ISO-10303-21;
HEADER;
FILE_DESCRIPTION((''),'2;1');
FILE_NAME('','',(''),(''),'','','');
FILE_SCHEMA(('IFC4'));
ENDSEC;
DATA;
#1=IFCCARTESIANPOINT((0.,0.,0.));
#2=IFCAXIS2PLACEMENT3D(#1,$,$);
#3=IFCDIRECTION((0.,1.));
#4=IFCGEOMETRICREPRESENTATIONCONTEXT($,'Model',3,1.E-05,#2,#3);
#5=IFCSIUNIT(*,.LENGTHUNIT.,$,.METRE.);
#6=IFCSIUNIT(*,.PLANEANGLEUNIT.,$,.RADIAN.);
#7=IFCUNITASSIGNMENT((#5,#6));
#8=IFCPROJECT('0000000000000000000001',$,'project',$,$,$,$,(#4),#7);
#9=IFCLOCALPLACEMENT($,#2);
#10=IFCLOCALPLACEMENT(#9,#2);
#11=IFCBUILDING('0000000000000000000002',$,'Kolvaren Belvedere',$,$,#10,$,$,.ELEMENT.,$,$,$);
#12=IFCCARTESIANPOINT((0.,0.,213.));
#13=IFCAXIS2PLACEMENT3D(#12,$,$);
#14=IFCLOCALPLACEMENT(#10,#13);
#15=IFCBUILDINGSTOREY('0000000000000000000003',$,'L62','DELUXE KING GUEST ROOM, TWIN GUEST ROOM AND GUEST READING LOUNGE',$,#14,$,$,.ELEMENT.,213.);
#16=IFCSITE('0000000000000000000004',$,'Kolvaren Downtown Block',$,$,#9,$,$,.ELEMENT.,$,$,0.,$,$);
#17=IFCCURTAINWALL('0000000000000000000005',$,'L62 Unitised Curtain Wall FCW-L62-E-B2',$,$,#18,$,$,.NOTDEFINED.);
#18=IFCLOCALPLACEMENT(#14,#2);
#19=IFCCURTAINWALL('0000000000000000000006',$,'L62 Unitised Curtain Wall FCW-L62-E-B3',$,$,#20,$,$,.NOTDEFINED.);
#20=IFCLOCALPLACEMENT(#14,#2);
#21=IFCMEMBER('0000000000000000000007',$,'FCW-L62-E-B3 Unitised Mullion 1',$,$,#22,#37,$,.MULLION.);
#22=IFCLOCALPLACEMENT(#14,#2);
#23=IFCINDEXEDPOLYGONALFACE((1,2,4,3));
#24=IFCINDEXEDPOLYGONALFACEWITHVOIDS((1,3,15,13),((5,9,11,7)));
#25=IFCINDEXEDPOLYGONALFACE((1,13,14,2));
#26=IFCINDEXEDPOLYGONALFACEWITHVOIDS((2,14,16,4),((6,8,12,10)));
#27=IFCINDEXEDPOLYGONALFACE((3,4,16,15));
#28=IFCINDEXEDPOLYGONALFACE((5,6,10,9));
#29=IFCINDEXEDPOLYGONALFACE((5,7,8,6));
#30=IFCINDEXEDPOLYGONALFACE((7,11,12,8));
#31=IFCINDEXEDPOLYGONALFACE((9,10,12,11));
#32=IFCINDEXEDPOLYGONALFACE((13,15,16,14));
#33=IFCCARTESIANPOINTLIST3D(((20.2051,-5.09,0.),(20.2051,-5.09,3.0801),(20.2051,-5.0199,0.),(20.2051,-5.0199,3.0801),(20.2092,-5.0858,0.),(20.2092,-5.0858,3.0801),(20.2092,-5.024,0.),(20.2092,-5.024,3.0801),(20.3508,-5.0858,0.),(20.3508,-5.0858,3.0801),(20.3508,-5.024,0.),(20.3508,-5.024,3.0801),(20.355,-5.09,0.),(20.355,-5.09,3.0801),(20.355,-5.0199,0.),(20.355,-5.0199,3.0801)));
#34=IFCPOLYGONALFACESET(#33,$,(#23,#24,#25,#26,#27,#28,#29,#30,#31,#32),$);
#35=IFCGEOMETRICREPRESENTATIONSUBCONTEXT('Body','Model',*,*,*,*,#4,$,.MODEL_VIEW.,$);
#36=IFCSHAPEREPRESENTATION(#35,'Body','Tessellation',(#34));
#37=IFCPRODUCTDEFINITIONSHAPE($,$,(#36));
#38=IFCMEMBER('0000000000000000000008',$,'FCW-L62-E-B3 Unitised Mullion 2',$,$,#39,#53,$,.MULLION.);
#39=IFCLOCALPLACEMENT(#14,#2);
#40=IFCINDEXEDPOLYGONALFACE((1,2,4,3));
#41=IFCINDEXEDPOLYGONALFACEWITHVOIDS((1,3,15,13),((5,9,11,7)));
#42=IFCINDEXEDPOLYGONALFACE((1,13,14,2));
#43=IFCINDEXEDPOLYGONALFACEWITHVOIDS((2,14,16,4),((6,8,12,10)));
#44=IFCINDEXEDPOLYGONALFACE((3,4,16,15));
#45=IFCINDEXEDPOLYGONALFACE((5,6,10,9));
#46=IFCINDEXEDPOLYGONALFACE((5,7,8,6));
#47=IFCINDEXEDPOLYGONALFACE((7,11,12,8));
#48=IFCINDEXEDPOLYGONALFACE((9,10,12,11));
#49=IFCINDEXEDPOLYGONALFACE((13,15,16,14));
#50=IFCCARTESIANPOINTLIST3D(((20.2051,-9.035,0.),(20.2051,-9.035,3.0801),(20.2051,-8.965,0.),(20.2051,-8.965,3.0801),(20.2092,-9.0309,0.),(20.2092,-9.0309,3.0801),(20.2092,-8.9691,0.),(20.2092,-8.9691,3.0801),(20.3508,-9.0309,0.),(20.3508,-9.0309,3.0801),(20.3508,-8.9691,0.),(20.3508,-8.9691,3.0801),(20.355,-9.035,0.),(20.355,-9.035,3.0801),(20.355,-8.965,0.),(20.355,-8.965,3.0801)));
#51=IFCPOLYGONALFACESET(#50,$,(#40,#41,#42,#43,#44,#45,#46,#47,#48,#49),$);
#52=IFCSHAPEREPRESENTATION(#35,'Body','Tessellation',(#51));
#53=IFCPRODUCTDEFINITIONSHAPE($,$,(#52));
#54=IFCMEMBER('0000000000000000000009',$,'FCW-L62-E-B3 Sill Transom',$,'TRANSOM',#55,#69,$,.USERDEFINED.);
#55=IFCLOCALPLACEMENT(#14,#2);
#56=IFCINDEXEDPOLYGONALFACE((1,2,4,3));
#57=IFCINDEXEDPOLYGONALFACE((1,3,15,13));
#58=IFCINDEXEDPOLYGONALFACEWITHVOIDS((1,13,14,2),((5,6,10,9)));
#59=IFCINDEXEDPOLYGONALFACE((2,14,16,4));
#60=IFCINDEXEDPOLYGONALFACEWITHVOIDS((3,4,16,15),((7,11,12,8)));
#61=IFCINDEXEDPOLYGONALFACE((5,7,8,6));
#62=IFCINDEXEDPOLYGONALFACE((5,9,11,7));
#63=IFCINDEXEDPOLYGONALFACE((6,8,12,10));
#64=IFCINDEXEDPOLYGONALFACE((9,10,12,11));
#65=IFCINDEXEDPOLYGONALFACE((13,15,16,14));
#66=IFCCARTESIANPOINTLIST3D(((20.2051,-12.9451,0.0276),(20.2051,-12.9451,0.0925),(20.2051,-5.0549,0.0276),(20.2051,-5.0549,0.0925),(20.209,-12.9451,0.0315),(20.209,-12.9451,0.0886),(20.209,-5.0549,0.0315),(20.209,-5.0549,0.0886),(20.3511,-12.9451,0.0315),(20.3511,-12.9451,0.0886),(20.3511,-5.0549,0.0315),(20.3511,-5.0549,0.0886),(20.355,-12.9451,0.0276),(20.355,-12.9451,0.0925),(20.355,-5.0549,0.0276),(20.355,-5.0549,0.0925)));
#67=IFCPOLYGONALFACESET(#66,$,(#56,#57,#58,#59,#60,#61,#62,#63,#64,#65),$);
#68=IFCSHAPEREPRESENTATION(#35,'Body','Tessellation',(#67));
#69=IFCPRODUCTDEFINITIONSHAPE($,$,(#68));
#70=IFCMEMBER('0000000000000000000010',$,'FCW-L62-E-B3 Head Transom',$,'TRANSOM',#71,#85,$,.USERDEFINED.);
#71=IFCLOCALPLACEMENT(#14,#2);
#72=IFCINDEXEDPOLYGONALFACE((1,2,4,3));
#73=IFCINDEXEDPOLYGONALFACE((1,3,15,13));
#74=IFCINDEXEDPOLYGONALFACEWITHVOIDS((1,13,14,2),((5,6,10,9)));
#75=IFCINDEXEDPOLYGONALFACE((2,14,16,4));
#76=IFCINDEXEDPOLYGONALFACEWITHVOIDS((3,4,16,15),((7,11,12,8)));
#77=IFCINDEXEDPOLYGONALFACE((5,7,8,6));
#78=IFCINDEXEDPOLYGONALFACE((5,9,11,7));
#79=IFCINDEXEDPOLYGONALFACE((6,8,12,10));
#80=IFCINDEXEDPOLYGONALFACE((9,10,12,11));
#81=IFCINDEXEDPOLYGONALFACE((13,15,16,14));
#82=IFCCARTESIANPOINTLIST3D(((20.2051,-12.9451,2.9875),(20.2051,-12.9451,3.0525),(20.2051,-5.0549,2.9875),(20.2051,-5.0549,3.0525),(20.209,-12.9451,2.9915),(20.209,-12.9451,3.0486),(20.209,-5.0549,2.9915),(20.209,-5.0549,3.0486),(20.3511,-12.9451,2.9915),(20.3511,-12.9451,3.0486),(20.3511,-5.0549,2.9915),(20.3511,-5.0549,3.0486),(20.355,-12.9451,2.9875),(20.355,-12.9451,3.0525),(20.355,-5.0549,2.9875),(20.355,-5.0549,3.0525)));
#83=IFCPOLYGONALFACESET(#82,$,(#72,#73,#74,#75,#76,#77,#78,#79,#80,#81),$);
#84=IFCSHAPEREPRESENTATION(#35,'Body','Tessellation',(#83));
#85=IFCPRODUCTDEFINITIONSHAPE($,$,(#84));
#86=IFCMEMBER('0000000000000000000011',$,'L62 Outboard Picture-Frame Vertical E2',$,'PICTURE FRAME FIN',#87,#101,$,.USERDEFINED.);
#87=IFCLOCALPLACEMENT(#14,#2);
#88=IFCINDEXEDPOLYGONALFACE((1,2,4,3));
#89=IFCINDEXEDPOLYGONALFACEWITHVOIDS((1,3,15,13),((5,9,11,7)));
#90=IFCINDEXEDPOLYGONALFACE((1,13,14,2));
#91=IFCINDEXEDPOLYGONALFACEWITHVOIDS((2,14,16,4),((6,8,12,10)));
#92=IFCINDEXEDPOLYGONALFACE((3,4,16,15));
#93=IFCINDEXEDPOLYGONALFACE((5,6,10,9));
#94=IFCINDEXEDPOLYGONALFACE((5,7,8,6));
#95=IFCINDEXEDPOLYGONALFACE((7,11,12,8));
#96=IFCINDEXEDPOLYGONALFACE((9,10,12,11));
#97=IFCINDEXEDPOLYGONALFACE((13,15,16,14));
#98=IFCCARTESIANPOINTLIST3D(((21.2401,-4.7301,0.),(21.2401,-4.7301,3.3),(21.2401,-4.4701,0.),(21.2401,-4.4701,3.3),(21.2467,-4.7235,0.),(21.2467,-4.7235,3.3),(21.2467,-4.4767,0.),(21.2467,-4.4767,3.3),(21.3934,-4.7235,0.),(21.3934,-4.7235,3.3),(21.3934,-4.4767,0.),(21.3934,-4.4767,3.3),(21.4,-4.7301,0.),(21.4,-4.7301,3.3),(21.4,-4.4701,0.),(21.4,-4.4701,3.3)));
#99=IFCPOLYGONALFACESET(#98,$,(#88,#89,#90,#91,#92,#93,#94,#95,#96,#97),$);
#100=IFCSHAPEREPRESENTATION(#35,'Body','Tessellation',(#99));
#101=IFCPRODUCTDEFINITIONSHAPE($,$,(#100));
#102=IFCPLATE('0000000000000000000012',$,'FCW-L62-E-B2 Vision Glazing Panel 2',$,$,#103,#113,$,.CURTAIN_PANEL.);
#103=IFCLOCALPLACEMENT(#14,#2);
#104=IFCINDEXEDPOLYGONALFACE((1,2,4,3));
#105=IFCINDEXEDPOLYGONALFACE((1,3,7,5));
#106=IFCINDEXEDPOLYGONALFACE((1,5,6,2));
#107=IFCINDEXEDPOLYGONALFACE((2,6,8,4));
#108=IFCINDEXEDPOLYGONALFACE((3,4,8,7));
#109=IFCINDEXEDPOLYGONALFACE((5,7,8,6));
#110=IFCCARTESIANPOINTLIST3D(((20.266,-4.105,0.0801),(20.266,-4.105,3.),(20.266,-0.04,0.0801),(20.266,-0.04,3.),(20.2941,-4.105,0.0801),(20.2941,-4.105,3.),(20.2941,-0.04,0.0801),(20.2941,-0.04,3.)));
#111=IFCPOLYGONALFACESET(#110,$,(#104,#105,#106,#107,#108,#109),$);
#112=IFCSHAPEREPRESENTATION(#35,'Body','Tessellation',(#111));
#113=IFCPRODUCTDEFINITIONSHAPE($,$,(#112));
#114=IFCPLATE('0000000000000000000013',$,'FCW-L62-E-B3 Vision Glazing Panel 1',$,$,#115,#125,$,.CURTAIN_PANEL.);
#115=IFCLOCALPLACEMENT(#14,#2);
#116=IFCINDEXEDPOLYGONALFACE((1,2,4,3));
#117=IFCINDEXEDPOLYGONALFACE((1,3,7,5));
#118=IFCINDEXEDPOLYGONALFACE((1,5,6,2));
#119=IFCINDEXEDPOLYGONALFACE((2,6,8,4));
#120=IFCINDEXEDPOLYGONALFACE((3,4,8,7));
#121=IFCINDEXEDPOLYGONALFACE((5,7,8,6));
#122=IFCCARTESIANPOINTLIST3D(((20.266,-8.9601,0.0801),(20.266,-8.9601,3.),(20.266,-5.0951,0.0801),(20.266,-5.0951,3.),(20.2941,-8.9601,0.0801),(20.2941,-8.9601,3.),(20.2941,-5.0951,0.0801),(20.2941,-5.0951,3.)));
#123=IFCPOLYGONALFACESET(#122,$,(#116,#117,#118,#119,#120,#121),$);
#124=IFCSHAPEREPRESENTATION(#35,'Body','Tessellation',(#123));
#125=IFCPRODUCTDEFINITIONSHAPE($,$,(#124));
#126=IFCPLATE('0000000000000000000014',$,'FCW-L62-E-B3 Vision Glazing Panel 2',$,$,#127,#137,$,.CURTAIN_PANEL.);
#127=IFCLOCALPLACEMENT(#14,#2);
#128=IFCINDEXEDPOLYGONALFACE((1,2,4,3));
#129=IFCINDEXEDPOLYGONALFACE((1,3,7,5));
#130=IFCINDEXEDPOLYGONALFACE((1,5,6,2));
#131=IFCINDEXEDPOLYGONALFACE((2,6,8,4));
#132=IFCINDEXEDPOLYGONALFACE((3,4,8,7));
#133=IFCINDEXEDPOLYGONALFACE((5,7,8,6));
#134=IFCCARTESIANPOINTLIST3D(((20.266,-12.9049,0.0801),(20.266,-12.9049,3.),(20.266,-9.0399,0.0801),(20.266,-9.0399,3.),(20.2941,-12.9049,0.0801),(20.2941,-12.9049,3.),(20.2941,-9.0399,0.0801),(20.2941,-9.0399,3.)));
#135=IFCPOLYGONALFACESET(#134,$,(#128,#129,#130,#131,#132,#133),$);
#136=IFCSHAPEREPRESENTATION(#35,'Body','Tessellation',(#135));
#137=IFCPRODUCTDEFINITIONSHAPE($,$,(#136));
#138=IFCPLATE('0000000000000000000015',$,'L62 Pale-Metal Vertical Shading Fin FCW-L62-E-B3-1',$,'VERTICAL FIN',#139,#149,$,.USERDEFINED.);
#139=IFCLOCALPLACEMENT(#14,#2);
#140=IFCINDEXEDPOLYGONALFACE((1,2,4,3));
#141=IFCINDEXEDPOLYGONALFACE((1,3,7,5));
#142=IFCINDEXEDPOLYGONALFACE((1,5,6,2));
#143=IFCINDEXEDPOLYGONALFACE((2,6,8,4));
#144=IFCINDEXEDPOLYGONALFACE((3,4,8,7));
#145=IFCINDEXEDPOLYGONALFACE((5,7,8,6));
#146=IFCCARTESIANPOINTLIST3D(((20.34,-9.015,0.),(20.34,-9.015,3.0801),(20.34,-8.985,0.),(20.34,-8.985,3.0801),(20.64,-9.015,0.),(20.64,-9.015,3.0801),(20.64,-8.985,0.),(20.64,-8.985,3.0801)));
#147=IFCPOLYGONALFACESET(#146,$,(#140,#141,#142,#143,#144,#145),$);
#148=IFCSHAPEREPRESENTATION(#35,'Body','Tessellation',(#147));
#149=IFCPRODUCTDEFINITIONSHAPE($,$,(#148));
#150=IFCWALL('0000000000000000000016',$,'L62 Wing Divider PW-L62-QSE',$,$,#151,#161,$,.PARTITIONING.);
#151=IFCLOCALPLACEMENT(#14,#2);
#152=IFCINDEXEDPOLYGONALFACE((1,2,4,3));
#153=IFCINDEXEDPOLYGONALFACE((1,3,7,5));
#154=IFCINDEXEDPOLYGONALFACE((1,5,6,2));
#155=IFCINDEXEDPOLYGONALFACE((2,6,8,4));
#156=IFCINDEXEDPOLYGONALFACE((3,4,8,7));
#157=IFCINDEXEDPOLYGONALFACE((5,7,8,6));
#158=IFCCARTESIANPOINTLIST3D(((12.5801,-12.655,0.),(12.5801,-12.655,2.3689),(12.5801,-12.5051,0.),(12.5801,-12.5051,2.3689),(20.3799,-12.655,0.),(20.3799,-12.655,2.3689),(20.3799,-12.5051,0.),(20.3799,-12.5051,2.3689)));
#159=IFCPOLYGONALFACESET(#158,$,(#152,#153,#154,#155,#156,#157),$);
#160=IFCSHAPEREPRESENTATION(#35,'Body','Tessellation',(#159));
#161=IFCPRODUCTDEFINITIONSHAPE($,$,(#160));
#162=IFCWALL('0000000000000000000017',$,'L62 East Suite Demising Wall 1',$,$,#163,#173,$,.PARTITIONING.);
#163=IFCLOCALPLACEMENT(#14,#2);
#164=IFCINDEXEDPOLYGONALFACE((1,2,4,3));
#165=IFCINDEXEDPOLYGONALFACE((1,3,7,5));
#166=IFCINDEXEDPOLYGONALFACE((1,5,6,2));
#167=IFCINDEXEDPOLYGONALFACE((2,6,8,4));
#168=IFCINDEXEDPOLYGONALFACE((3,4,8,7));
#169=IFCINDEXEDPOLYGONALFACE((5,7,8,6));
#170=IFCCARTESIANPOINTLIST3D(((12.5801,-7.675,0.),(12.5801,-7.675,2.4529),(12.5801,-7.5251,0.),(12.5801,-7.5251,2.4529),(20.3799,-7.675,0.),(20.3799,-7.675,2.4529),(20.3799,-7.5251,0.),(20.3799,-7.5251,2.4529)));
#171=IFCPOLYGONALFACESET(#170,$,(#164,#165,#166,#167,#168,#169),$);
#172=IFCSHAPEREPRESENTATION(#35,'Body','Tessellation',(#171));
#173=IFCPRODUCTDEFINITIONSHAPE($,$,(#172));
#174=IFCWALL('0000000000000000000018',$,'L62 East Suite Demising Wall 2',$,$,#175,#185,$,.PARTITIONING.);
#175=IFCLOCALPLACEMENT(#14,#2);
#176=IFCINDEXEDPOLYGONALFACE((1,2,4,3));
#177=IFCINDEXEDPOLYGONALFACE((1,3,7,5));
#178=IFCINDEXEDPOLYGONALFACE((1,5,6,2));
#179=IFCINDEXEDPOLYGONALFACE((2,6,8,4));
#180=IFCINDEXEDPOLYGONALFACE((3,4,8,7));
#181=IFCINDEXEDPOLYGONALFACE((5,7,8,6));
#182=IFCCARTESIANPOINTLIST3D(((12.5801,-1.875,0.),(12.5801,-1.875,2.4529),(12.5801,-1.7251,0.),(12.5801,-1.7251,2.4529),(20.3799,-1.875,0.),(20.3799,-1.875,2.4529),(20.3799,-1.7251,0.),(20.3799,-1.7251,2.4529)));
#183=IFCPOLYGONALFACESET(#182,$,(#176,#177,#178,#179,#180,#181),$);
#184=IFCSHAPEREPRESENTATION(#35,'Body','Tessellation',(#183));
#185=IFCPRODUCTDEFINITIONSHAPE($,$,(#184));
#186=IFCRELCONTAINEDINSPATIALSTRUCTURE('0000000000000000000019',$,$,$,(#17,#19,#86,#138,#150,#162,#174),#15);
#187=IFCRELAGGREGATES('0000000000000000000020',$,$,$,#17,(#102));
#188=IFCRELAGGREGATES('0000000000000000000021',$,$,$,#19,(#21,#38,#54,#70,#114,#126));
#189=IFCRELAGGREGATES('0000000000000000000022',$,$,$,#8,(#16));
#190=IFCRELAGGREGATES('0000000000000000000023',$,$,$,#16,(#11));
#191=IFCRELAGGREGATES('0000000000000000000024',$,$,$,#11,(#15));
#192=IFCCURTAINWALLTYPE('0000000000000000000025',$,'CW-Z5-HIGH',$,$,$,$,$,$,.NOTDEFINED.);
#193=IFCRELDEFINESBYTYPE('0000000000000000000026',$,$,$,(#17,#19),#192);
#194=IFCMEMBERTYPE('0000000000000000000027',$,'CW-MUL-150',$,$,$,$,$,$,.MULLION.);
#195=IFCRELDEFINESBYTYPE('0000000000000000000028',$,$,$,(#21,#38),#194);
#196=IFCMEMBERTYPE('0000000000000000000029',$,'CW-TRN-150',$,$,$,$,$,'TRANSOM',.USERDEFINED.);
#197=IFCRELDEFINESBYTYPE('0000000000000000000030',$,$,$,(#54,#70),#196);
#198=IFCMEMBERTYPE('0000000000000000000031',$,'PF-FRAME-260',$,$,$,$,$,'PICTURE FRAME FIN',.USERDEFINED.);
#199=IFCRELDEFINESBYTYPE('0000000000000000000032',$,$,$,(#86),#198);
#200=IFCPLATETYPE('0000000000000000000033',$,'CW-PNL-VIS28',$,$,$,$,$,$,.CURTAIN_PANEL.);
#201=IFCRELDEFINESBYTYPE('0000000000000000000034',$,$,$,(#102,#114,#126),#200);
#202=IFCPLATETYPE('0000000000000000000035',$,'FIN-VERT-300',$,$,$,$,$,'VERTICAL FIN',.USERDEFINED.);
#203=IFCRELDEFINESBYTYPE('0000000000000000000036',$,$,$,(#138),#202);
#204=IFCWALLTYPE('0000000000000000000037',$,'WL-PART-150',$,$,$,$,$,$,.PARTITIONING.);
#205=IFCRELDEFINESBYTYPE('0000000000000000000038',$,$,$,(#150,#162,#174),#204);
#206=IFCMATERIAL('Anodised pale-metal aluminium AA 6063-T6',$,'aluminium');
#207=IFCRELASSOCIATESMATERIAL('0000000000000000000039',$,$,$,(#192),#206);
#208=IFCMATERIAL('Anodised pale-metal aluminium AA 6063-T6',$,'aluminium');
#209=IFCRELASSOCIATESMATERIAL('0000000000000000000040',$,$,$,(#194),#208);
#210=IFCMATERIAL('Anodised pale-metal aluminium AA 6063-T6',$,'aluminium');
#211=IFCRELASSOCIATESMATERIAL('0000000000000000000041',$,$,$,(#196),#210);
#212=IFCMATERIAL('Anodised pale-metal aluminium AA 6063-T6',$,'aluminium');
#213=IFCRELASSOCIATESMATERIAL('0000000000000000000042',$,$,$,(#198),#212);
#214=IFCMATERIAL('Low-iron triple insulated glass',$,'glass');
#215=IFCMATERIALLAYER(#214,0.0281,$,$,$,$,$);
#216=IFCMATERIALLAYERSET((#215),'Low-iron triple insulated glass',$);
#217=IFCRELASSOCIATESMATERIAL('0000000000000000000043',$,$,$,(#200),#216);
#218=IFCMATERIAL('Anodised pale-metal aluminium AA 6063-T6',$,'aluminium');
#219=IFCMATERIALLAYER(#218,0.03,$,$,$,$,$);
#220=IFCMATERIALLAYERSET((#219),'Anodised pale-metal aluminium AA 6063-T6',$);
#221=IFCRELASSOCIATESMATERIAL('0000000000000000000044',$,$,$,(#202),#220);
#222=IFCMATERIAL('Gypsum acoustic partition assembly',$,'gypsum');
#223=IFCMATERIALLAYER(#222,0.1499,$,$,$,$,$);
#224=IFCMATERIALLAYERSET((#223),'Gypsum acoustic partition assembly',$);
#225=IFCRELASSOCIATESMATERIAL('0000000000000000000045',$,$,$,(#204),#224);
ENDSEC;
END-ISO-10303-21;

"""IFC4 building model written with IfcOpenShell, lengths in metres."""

from ifc_helpers import new_model, si_unit, direction, frame, frame_2d, origin, origin_2d, place, context, subcontext, project, spatial, rectangle, hollow_rectangle, extrude, material, layer, layer_set, material_profile, profile_set, type_object, element, aggregate, save


model = new_model("IFC4")

# Units and contexts
model_context = context("Model", 3, precision=1e-05, world=origin(), true_north=direction((0.0, 1.0)))
body_context = subcontext(model_context, "Body", "Model", "MODEL_VIEW")
ifc_project = project(units=[si_unit("LENGTHUNIT", "METRE"), si_unit("PLANEANGLEUNIT", "RADIAN")], contexts=[model_context])

# Site, building, storey
site_placement = place(None, origin())
site = spatial("IfcSite", under=ifc_project, at=site_placement, Name="Kolvaren Downtown Block", CompositionType="ELEMENT", RefElevation=0.0)
building_placement = place(site_placement, origin())
building = spatial("IfcBuilding", under=site, at=building_placement, Name="Kolvaren Belvedere", CompositionType="ELEMENT")
storey_placement = place(building_placement, frame((0.0, 0.0, 213.0)))
storey = spatial("IfcBuildingStorey", under=building, at=storey_placement, Name="L62", Description="DELUXE KING GUEST ROOM, TWIN GUEST ROOM AND GUEST READING LOUNGE", CompositionType="ELEMENT", Elevation=213.0)

# Curtain wall
ifc_material_1 = material(Name="Anodised pale-metal aluminium AA 6063-T6", Category="aluminium")
curtain_wall_type = type_object("IfcCurtainWallType", Name="CW-Z5-HIGH", PredefinedType="NOTDEFINED", material=ifc_material_1)
curtain_wall_1_placement = place(storey_placement, origin())
curtain_wall_1 = element("IfcCurtainWall", 1, at=curtain_wall_1_placement, inside=storey, type_object=curtain_wall_type, Name="L62 Unitised Curtain Wall FCW-L62-E-B2", PredefinedType="NOTDEFINED")
ifc_material_2 = material(Name="Anodised pale-metal aluminium AA 6063-T6", Category="aluminium")
ifc_material_profile_1 = material_profile(ifc_material_2, hollow_rectangle(XDim=0.0701, YDim=0.1499, WallThickness=0.0042, at=origin_2d()), Name="ALU-MUL-150X70")
ifc_profile_set_1 = profile_set([ifc_material_profile_1], Name="Anodised pale-metal aluminium AA 6063-T6")
member_type_1 = type_object("IfcMemberType", Name="CW-MUL-150", PredefinedType="MULLION", material=ifc_profile_set_1)

# Curtain wall, members
curtain_wall_2_placement = place(storey_placement, origin())
curtain_wall_2 = element("IfcCurtainWall", 2, at=curtain_wall_2_placement, inside=storey, type_object=curtain_wall_type, Name="L62 Unitised Curtain Wall FCW-L62-E-B3", PredefinedType="NOTDEFINED")
member_1_placement = place(storey_placement, frame((20.28, -5.0549, 0.0), z_axis=(0.0, 0.0, 1.0), x_axis=(0.0, 1.0, 0.0)))
member_1 = element("IfcMember", 3, at=member_1_placement, type_object=member_type_1, Name="FCW-L62-E-B3 Unitised Mullion 1", PredefinedType="MULLION", context=body_context, shape_type="SweptSolid", body=[
    extrude(hollow_rectangle(XDim=0.0701, YDim=0.1499, WallThickness=0.0042, at=origin_2d()), origin(), (0.0, 0.0, 1.0), 3.0801),
])
member_2_placement = place(storey_placement, frame((20.28, -9.0, 0.0), z_axis=(0.0, 0.0, 1.0), x_axis=(0.0, 1.0, 0.0)))
member_2 = element("IfcMember", 4, at=member_2_placement, type_object=member_type_1, Name="FCW-L62-E-B3 Unitised Mullion 2", PredefinedType="MULLION", context=body_context, shape_type="SweptSolid", body=[
    extrude(hollow_rectangle(XDim=0.0701, YDim=0.1499, WallThickness=0.0042, at=origin_2d()), origin(), (0.0, 0.0, 1.0), 3.0801),
])
ifc_material_3 = material(Name="Anodised pale-metal aluminium AA 6063-T6", Category="aluminium")
ifc_material_profile_2 = material_profile(ifc_material_3, hollow_rectangle(XDim=0.0649, YDim=0.1499, WallThickness=0.0039, at=origin_2d()), Name="ALU-TRN-150X65")
ifc_profile_set_2 = profile_set([ifc_material_profile_2], Name="Anodised pale-metal aluminium AA 6063-T6")
member_type_2 = type_object("IfcMemberType", Name="CW-TRN-150", ElementType="TRANSOM", PredefinedType="USERDEFINED", material=ifc_profile_set_2)
member_3_placement = place(storey_placement, frame((20.28, -5.0549, 0.0601), z_axis=(0.0, -1.0, 0.0), x_axis=(0.0, 0.0, 1.0)))
member_3 = element("IfcMember", 5, at=member_3_placement, type_object=member_type_2, Name="FCW-L62-E-B3 Sill Transom", ObjectType="TRANSOM", PredefinedType="USERDEFINED", context=body_context, shape_type="SweptSolid", body=[
    extrude(hollow_rectangle(XDim=0.0649, YDim=0.1499, WallThickness=0.0039, at=origin_2d()), origin(), (0.0, 0.0, 1.0), 7.8901),
])
member_4_placement = place(storey_placement, frame((20.28, -5.0549, 3.02), z_axis=(0.0, -1.0, 0.0), x_axis=(0.0, 0.0, 1.0)))
member_4 = element("IfcMember", 6, at=member_4_placement, type_object=member_type_2, Name="FCW-L62-E-B3 Head Transom", ObjectType="TRANSOM", PredefinedType="USERDEFINED", context=body_context, shape_type="SweptSolid", body=[
    extrude(hollow_rectangle(XDim=0.0649, YDim=0.1499, WallThickness=0.0039, at=origin_2d()), origin(), (0.0, 0.0, 1.0), 7.8901),
])

# Member
ifc_material_4 = material(Name="Anodised pale-metal aluminium AA 6063-T6", Category="aluminium")
ifc_material_profile_3 = material_profile(ifc_material_4, hollow_rectangle(XDim=0.1599, YDim=0.26, WallThickness=0.0066, at=origin_2d()), Name="ALU-PF-260X160")
ifc_profile_set_3 = profile_set([ifc_material_profile_3], Name="Anodised pale-metal aluminium AA 6063-T6")
member_type_3 = type_object("IfcMemberType", Name="PF-FRAME-260", ElementType="PICTURE FRAME FIN", PredefinedType="USERDEFINED", material=ifc_profile_set_3)
member_5_placement = place(storey_placement, frame((21.3201, -4.6001, 0.0), z_axis=(0.0, 0.0, 1.0), x_axis=(1.0, 0.0, 0.0)))
element("IfcMember", 7, at=member_5_placement, inside=storey, type_object=member_type_3, Name="L62 Outboard Picture-Frame Vertical E2", ObjectType="PICTURE FRAME FIN", PredefinedType="USERDEFINED", context=body_context, shape_type="SweptSolid", body=[
    extrude(hollow_rectangle(XDim=0.1599, YDim=0.26, WallThickness=0.0066, at=origin_2d()), origin(), (0.0, 0.0, 1.0), 3.3),
])

# Plates
ifc_material_5 = material(Name="Low-iron triple insulated glass", Category="glass")
ifc_layer_1 = layer(ifc_material_5, 0.0281)
ifc_layer_set_1 = layer_set([ifc_layer_1], Name="Low-iron triple insulated glass")
plate_type_1 = type_object("IfcPlateType", Name="CW-PNL-VIS28", PredefinedType="CURTAIN_PANEL", material=ifc_layer_set_1)
plate_1_placement = place(storey_placement, frame((20.28, -2.0725, 0.0801), z_axis=(0.0, 0.0, 1.0), x_axis=(0.0, -1.0, 0.0)))
plate_1 = element("IfcPlate", 8, at=plate_1_placement, type_object=plate_type_1, Name="FCW-L62-E-B2 Vision Glazing Panel 2", PredefinedType="CURTAIN_PANEL", context=body_context, shape_type="SweptSolid", body=[
    extrude(rectangle(XDim=4.0649, YDim=0.0281, at=origin_2d()), origin(), (0.0, 0.0, 1.0), 2.9199),
])
aggregate(curtain_wall_1, [plate_1])
plate_2_placement = place(storey_placement, frame((20.28, -7.0276, 0.0801), z_axis=(0.0, 0.0, 1.0), x_axis=(0.0, -1.0, 0.0)))
plate_2 = element("IfcPlate", 9, at=plate_2_placement, type_object=plate_type_1, Name="FCW-L62-E-B3 Vision Glazing Panel 1", PredefinedType="CURTAIN_PANEL", context=body_context, shape_type="SweptSolid", body=[
    extrude(rectangle(XDim=3.865, YDim=0.0281, at=origin_2d()), origin(), (0.0, 0.0, 1.0), 2.9199),
])
plate_3_placement = place(storey_placement, frame((20.28, -10.9724, 0.0801), z_axis=(0.0, 0.0, 1.0), x_axis=(0.0, -1.0, 0.0)))
plate_3 = element("IfcPlate", 10, at=plate_3_placement, type_object=plate_type_1, Name="FCW-L62-E-B3 Vision Glazing Panel 2", PredefinedType="CURTAIN_PANEL", context=body_context, shape_type="SweptSolid", body=[
    extrude(rectangle(XDim=3.865, YDim=0.0281, at=origin_2d()), origin(), (0.0, 0.0, 1.0), 2.9199),
])
aggregate(curtain_wall_2, [member_1, member_2, member_3, member_4, plate_2, plate_3])
ifc_material_6 = material(Name="Anodised pale-metal aluminium AA 6063-T6", Category="aluminium")
ifc_layer_2 = layer(ifc_material_6, 0.03)
ifc_layer_set_2 = layer_set([ifc_layer_2], Name="Anodised pale-metal aluminium AA 6063-T6")
plate_type_2 = type_object("IfcPlateType", Name="FIN-VERT-300", ElementType="VERTICAL FIN", PredefinedType="USERDEFINED", material=ifc_layer_set_2)
plate_4_placement = place(storey_placement, frame((20.49, -9.0, 0.0), z_axis=(0.0, 0.0, 1.0), x_axis=(1.0, 0.0, 0.0)))
element("IfcPlate", 11, at=plate_4_placement, inside=storey, type_object=plate_type_2, Name="L62 Pale-Metal Vertical Shading Fin FCW-L62-E-B3-1", ObjectType="VERTICAL FIN", PredefinedType="USERDEFINED", context=body_context, shape_type="SweptSolid", body=[
    extrude(rectangle(XDim=0.3, YDim=0.03, at=origin_2d()), origin(), (0.0, 0.0, 1.0), 3.0801),
])

# Walls
ifc_material_7 = material(Name="Gypsum acoustic partition assembly", Category="gypsum")
ifc_layer_3 = layer(ifc_material_7, 0.1499)
ifc_layer_set_3 = layer_set([ifc_layer_3], Name="Gypsum acoustic partition assembly")
wall_type_1 = type_object("IfcWallType", Name="WL-PART-150", PredefinedType="PARTITIONING", material=ifc_layer_set_3)
wall_1_placement = place(storey_placement, frame((12.5801, -12.5801, 0.0), z_axis=(0.0, 0.0, 1.0), x_axis=(1.0, 0.0, 0.0)))
element("IfcWall", 12, at=wall_1_placement, inside=storey, type_object=wall_type_1, Name="L62 Wing Divider PW-L62-QSE", PredefinedType="PARTITIONING", context=body_context, shape_type="SweptSolid", body=[
    extrude(rectangle(XDim=7.7998, YDim=0.1499, at=frame_2d((3.8999, 0.0))), origin(), (0.0, 0.0, 1.0), 2.3689),
])
for number, where, z_axis, x_axis, name in (
    (13, (12.5801, -7.6001, 0.0), (0.0, 0.0, 1.0), (1.0, 0.0, 0.0), "L62 East Suite Demising Wall 1"),
    (14, (12.5801, -1.8, 0.0), (0.0, 0.0, 1.0), (1.0, 0.0, 0.0), "L62 East Suite Demising Wall 2"),
):
    element("IfcWall", number, at=place(storey_placement, frame(where, z_axis=z_axis, x_axis=x_axis)), inside=storey, type_object=wall_type_1, Name=name, PredefinedType="PARTITIONING", context=body_context, shape_type="SweptSolid", body=[
        extrude(rectangle(XDim=7.7998, YDim=0.1499, at=frame_2d((3.8999, 0.0))), origin(), (0.0, 0.0, 1.0), 2.4529),
    ])

save(model, "model.ifc")
